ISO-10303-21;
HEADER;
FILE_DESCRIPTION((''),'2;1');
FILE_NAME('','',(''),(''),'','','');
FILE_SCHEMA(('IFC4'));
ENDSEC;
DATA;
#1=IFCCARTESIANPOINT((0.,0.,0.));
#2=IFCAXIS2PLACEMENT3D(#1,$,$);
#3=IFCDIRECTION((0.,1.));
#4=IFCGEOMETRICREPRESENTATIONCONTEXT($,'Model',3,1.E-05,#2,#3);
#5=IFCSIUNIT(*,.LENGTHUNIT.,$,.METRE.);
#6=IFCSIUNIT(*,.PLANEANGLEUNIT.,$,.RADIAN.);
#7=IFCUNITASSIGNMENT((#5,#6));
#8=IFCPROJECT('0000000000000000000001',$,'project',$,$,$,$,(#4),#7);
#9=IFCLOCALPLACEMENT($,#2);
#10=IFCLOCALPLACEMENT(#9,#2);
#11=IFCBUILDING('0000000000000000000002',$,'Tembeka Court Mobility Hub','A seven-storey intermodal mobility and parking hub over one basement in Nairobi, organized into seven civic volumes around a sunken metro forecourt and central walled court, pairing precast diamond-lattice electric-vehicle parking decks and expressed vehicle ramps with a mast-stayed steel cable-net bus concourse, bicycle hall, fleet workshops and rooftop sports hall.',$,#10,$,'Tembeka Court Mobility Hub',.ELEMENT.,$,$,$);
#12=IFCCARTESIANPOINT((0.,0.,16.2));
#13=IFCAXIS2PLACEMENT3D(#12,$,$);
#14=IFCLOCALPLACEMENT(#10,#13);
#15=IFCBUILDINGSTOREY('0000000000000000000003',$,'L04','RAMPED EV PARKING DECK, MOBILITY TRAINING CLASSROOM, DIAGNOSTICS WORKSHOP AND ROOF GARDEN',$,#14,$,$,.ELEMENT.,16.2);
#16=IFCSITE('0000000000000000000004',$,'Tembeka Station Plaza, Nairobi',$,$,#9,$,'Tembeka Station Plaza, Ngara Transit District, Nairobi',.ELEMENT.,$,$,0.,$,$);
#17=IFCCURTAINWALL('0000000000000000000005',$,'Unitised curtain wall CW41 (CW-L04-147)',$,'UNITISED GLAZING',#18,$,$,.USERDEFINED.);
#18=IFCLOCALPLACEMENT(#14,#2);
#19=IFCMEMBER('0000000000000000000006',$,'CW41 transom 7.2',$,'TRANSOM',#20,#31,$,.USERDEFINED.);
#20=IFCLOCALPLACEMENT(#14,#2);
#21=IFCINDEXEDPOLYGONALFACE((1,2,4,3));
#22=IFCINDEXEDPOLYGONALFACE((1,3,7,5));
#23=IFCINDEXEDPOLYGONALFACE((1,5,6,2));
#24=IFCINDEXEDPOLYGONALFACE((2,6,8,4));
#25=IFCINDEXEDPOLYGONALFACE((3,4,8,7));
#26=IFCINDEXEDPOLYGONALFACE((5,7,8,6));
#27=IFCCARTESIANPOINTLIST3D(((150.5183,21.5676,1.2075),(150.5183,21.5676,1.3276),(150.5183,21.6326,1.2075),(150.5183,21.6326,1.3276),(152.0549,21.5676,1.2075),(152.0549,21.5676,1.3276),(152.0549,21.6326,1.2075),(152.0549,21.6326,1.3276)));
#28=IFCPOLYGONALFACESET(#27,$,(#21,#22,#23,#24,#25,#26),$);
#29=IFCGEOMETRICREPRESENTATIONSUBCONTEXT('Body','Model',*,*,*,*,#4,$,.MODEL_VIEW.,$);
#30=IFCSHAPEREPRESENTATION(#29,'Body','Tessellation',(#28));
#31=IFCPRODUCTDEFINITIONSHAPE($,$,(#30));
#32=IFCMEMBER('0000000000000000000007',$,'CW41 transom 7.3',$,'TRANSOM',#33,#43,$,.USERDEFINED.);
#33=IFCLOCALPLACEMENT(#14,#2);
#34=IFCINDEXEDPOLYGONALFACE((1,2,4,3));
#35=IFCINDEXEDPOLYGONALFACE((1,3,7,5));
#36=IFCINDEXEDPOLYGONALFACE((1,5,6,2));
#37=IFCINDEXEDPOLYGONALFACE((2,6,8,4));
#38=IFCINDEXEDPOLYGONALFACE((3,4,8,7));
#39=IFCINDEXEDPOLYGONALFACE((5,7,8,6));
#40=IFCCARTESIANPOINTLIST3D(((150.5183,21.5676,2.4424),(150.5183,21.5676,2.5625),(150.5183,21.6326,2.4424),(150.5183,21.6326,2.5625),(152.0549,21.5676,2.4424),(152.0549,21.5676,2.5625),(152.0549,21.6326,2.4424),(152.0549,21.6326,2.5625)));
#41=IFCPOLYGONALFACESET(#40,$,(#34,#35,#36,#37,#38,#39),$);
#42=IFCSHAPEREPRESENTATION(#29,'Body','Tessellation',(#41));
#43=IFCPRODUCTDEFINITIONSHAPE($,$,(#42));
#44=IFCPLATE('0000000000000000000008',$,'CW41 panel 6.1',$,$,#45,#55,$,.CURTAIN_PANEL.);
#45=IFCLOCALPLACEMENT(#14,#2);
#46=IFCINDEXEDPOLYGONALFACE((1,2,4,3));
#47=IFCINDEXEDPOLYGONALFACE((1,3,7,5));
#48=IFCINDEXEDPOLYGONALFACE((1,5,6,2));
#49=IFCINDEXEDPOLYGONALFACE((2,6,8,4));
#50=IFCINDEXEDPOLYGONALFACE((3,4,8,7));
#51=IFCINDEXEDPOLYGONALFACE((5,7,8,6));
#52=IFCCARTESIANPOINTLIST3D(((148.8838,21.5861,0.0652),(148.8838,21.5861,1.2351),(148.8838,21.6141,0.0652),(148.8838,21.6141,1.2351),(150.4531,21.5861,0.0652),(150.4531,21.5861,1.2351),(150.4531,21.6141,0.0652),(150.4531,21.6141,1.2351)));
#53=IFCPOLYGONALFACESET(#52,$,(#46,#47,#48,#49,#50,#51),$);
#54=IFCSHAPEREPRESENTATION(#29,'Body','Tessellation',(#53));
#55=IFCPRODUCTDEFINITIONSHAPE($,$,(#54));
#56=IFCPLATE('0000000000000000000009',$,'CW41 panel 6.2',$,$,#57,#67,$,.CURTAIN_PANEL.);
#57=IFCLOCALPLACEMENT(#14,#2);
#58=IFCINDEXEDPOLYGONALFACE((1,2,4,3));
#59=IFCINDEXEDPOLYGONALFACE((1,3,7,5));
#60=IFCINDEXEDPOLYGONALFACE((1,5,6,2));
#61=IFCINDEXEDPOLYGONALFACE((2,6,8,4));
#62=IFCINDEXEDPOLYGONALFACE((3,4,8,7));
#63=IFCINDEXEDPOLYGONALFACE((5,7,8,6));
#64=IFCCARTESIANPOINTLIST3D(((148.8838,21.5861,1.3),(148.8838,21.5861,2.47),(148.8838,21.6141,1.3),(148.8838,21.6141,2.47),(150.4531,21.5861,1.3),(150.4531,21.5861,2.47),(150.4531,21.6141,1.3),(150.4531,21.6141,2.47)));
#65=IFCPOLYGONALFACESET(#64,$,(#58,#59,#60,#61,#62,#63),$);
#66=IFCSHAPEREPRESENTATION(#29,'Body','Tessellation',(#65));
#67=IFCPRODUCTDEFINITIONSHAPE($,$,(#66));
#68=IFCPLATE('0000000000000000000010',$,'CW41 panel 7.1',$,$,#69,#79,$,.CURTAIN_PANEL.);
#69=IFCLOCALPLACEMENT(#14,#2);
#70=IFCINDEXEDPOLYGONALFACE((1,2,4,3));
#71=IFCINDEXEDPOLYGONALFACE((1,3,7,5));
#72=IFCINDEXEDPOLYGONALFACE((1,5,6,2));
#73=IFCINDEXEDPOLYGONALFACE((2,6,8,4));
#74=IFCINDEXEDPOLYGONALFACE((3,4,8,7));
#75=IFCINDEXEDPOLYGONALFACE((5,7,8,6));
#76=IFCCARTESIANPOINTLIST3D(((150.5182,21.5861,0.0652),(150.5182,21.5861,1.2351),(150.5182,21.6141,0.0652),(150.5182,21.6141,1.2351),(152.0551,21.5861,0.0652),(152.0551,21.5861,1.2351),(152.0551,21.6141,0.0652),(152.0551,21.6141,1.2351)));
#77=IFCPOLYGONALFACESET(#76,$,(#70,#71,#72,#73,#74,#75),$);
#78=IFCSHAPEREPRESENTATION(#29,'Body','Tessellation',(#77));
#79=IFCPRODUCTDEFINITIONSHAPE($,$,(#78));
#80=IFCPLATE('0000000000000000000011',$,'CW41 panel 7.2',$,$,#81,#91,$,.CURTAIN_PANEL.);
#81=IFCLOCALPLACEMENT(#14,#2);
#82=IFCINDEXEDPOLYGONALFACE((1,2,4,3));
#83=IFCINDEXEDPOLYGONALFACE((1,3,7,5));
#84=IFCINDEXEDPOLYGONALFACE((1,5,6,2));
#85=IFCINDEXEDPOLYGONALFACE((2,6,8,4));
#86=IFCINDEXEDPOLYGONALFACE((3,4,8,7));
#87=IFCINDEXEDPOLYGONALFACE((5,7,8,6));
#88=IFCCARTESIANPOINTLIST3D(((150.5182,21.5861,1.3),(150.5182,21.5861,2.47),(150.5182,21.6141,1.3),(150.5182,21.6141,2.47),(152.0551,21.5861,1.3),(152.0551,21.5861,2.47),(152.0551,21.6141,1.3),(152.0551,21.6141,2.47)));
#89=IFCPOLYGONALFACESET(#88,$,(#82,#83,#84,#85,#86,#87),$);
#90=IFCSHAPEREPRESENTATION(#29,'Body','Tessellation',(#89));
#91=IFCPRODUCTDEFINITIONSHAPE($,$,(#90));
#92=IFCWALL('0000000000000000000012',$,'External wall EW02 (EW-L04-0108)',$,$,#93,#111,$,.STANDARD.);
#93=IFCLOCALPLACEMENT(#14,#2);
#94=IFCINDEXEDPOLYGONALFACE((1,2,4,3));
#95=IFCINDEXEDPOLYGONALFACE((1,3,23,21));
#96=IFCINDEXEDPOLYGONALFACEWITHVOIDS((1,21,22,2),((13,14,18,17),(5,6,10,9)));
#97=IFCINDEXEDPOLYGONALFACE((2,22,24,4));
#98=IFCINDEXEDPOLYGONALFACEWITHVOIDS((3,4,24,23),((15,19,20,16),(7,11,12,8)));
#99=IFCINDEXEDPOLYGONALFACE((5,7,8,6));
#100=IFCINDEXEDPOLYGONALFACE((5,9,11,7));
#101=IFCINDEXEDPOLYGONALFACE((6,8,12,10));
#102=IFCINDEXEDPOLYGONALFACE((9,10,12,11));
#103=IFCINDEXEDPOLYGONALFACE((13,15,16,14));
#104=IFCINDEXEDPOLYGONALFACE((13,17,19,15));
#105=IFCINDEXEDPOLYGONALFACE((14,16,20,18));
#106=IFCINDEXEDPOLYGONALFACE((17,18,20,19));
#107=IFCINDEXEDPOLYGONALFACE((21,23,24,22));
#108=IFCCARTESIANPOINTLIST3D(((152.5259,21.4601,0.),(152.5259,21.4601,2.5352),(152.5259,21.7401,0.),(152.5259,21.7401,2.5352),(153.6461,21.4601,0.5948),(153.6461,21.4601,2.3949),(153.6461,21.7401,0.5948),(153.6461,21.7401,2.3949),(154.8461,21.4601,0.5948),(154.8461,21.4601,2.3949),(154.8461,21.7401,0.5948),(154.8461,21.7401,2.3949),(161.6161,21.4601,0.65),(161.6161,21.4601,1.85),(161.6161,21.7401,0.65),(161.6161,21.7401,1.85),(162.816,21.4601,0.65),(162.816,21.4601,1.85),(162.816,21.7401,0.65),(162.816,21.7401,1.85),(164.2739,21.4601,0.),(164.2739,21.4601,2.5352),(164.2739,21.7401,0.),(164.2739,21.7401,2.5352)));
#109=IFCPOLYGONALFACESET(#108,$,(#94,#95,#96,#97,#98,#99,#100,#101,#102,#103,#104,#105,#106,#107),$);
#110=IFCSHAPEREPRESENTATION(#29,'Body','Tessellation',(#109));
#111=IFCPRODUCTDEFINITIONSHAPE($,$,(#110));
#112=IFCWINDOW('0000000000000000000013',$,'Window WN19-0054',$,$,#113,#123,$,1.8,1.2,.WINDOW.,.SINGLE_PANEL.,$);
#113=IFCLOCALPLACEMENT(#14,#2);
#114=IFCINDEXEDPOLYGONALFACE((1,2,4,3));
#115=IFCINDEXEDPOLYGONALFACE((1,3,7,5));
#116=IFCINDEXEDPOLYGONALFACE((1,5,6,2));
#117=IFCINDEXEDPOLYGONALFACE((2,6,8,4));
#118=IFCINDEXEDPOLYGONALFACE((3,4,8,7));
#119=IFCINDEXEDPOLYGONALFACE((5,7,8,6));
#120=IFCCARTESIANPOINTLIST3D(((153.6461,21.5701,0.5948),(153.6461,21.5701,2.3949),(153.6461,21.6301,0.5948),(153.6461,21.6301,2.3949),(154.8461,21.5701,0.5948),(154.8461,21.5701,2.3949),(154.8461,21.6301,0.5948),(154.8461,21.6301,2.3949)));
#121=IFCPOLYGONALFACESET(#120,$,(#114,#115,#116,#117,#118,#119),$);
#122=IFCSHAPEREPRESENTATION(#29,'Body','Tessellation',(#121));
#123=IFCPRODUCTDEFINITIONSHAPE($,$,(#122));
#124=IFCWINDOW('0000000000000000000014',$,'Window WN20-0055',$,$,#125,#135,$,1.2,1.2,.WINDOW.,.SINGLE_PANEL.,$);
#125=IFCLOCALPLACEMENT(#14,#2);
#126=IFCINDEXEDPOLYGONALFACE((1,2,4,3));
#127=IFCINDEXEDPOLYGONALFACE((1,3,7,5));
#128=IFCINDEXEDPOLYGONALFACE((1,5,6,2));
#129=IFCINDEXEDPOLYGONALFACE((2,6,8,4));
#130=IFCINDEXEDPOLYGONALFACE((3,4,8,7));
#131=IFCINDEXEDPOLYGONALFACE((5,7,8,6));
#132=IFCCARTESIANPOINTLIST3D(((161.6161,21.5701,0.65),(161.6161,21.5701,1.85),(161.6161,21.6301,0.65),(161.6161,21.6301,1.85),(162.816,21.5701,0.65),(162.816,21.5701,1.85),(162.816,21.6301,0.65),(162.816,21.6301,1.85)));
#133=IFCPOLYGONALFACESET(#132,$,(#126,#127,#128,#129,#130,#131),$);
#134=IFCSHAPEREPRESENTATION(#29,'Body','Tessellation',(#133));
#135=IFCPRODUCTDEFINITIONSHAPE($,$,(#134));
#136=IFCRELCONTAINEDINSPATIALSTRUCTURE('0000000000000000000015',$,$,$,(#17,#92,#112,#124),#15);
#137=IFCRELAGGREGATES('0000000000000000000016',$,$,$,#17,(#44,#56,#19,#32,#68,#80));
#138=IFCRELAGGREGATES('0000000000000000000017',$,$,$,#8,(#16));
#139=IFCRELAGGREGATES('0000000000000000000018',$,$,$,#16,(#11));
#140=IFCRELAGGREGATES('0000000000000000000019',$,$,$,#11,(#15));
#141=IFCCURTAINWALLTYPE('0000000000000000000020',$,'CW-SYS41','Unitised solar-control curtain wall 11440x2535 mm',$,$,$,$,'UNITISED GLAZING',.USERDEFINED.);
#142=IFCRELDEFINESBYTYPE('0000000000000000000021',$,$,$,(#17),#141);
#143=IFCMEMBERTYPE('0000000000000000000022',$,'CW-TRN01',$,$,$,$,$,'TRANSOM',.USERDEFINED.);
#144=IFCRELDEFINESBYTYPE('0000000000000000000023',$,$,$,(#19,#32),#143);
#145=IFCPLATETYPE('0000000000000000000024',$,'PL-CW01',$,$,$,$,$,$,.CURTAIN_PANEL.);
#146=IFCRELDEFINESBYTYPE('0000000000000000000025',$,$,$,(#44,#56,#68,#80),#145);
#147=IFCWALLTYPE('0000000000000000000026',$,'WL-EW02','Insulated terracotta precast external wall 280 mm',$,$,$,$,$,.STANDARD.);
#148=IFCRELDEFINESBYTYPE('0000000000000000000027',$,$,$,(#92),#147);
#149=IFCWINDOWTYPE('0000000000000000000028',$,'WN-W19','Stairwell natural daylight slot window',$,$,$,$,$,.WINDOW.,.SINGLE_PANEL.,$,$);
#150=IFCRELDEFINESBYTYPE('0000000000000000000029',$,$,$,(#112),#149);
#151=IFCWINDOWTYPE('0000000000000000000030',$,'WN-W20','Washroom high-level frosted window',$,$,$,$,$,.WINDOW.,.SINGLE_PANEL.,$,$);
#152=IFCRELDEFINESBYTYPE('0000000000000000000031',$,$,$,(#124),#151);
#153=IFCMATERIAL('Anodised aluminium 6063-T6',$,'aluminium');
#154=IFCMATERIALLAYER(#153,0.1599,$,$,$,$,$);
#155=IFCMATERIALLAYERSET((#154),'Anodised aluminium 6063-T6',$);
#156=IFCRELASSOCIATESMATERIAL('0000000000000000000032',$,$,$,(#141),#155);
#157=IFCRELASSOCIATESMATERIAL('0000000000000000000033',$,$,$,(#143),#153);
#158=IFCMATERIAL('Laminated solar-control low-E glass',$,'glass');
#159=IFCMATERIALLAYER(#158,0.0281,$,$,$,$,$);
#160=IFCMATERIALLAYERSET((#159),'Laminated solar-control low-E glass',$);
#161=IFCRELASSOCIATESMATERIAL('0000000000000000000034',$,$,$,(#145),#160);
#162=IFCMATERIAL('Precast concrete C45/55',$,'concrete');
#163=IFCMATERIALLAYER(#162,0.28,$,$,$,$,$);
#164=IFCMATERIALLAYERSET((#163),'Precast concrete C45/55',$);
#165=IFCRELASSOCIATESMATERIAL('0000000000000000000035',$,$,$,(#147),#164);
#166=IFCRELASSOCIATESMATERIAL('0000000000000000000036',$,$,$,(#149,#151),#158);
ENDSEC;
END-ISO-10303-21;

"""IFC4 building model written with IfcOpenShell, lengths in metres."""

from ifc_helpers import new_model, si_unit, direction, frame, frame_2d, origin, origin_2d, place, context, subcontext, project, spatial, rectangle, extrude, material, layer, layer_set, material_profile, profile_set, type_object, element, fill, aggregate, save


model = new_model("IFC4")

# Units and contexts
model_context = context("Model", 3, precision=1e-05, world=origin(), true_north=direction((0.0, 1.0)))
body_context = subcontext(model_context, "Body", "Model", "MODEL_VIEW")
ifc_project = project(units=[si_unit("LENGTHUNIT", "METRE"), si_unit("PLANEANGLEUNIT", "RADIAN")], contexts=[model_context])

# Site, building, storey
site_placement = place(None, origin())
site = spatial("IfcSite", under=ifc_project, at=site_placement, Name="Tembeka Station Plaza, Nairobi", LongName="Tembeka Station Plaza, Ngara Transit District, Nairobi", CompositionType="ELEMENT", RefElevation=0.0)
building_placement = place(site_placement, origin())
building = spatial("IfcBuilding", under=site, at=building_placement, Name="Tembeka Court Mobility Hub", Description="A seven-storey intermodal mobility and parking hub over one basement in Nairobi, organized into seven civic volumes around a sunken metro forecourt and central walled court, pairing precast diamond-lattice electric-vehicle parking decks and expressed vehicle ramps with a mast-stayed steel cable-net bus concourse, bicycle hall, fleet workshops and rooftop sports hall.", LongName="Tembeka Court Mobility Hub", CompositionType="ELEMENT")
storey_placement = place(building_placement, frame((0.0, 0.0, 16.2)))
storey = spatial("IfcBuildingStorey", under=building, at=storey_placement, Name="L04", Description="RAMPED EV PARKING DECK, MOBILITY TRAINING CLASSROOM, DIAGNOSTICS WORKSHOP AND ROOF GARDEN", CompositionType="ELEMENT", Elevation=16.2)

# Curtain wall, members, plates
ifc_material_1 = material(Name="Anodised aluminium 6063-T6", Category="aluminium")
ifc_layer_1 = layer(ifc_material_1, 0.1599)
ifc_layer_set_1 = layer_set([ifc_layer_1], Name="Anodised aluminium 6063-T6")
curtain_wall_type = type_object("IfcCurtainWallType", Name="CW-SYS41", Description="Unitised solar-control curtain wall 11440x2535 mm", ElementType="UNITISED GLAZING", PredefinedType="USERDEFINED", material=ifc_layer_set_1)
curtain_wall_placement = place(storey_placement, origin())
curtain_wall = element("IfcCurtainWall", 1, at=curtain_wall_placement, inside=storey, type_object=curtain_wall_type, Name="Unitised curtain wall CW41 (CW-L04-147)", ObjectType="UNITISED GLAZING", PredefinedType="USERDEFINED")
ifc_material_profile_1 = material_profile(ifc_material_1, rectangle(XDim=0.0649, YDim=0.1201, at=origin_2d()), Name="ALU-TRN 65x120")
ifc_profile_set_1 = profile_set([ifc_material_profile_1], Name="Anodised aluminium 6063-T6")
member_type_1 = type_object("IfcMemberType", Name="CW-TRN01", ElementType="TRANSOM", PredefinedType="USERDEFINED", material=ifc_profile_set_1)
member_1_placement = place(storey_placement, frame((150.5183, 21.6001, 1.2676), z_axis=(1.0, 0.0, 0.0), x_axis=(0.0, 1.0, 0.0)))
member_1 = element("IfcMember", 2, at=member_1_placement, type_object=member_type_1, Name="CW41 transom 7.2", ObjectType="TRANSOM", PredefinedType="USERDEFINED", context=body_context, shape_type="SweptSolid", body=[
    extrude(rectangle(XDim=0.0649, YDim=0.1201, at=origin_2d()), origin(), (0.0, 0.0, 1.0), 1.5366),
])
member_2_placement = place(storey_placement, frame((150.5183, 21.6001, 2.5024), z_axis=(1.0, 0.0, 0.0), x_axis=(0.0, 1.0, 0.0)))
member_2 = element("IfcMember", 3, at=member_2_placement, type_object=member_type_1, Name="CW41 transom 7.3", ObjectType="TRANSOM", PredefinedType="USERDEFINED", context=body_context, shape_type="SweptSolid", body=[
    extrude(rectangle(XDim=0.0649, YDim=0.1201, at=origin_2d()), origin(), (0.0, 0.0, 1.0), 1.5366),
])
ifc_material_2 = material(Name="Laminated solar-control low-E glass", Category="glass")
ifc_layer_2 = layer(ifc_material_2, 0.0281)
ifc_layer_set_2 = layer_set([ifc_layer_2], Name="Laminated solar-control low-E glass")
plate_type = type_object("IfcPlateType", Name="PL-CW01", PredefinedType="CURTAIN_PANEL", material=ifc_layer_set_2)
plate_1_placement = place(storey_placement, frame((149.6685, 21.6001, 0.0652), z_axis=(0.0, 0.0, 1.0), x_axis=(1.0, 0.0, 0.0)))
plate_1 = element("IfcPlate", 4, at=plate_1_placement, type_object=plate_type, Name="CW41 panel 6.1", PredefinedType="CURTAIN_PANEL", context=body_context, shape_type="SweptSolid", body=[
    extrude(rectangle(XDim=1.5693, YDim=0.0281, at=origin_2d()), origin(), (0.0, 0.0, 1.0), 1.1699),
])
plate_2_placement = place(storey_placement, frame((149.6685, 21.6001, 1.3), z_axis=(0.0, 0.0, 1.0), x_axis=(1.0, 0.0, 0.0)))
plate_2 = element("IfcPlate", 5, at=plate_2_placement, type_object=plate_type, Name="CW41 panel 6.2", PredefinedType="CURTAIN_PANEL", context=body_context, shape_type="SweptSolid", body=[
    extrude(rectangle(XDim=1.5693, YDim=0.0281, at=origin_2d()), origin(), (0.0, 0.0, 1.0), 1.1699),
])
plate_3_placement = place(storey_placement, frame((151.2866, 21.6001, 0.0652), z_axis=(0.0, 0.0, 1.0), x_axis=(1.0, 0.0, 0.0)))
plate_3 = element("IfcPlate", 6, at=plate_3_placement, type_object=plate_type, Name="CW41 panel 7.1", PredefinedType="CURTAIN_PANEL", context=body_context, shape_type="SweptSolid", body=[
    extrude(rectangle(XDim=1.5369, YDim=0.0281, at=origin_2d()), origin(), (0.0, 0.0, 1.0), 1.1699),
])
plate_4_placement = place(storey_placement, frame((151.2866, 21.6001, 1.3), z_axis=(0.0, 0.0, 1.0), x_axis=(1.0, 0.0, 0.0)))
plate_4 = element("IfcPlate", 7, at=plate_4_placement, type_object=plate_type, Name="CW41 panel 7.2", PredefinedType="CURTAIN_PANEL", context=body_context, shape_type="SweptSolid", body=[
    extrude(rectangle(XDim=1.5369, YDim=0.0281, at=origin_2d()), origin(), (0.0, 0.0, 1.0), 1.1699),
])
aggregate(curtain_wall, [plate_1, plate_2, member_1, member_2, plate_3, plate_4])

# Wall, openings, windows
ifc_material_3 = material(Name="Precast concrete C45/55", Category="concrete")
ifc_layer_3 = layer(ifc_material_3, 0.28)
ifc_layer_set_3 = layer_set([ifc_layer_3], Name="Precast concrete C45/55")
wall_type = type_object("IfcWallType", Name="WL-EW02", Description="Insulated terracotta precast external wall 280 mm", PredefinedType="STANDARD", material=ifc_layer_set_3)
wall_placement = place(storey_placement, frame((152.5259, 21.6001, 0.0), z_axis=(0.0, 0.0, 1.0), x_axis=(1.0, 0.0, 0.0)))
wall = element("IfcWall", 8, at=wall_placement, inside=storey, type_object=wall_type, Name="External wall EW02 (EW-L04-0108)", PredefinedType="STANDARD", context=body_context, shape_type="SweptSolid", body=[
    extrude(rectangle(XDim=11.748, YDim=0.28, at=frame_2d((5.874, 0.0))), origin(), (0.0, 0.0, 1.0), 2.5352),
])
opening_1_placement = place(wall_placement, frame((1.1201, 0.0, 0.595)))
opening_1 = element("IfcOpeningElement", 9, at=opening_1_placement, cuts=wall, PredefinedType="OPENING", context=body_context, shape_type="SweptSolid", body=[
    extrude(rectangle(XDim=1.2, YDim=1.8, at=frame_2d((0.6001, 0.8999))), frame((0.0, 0.1499, 0.0), z_axis=(0.0, -1.0, 0.0), x_axis=(1.0, 0.0, 0.0)), (0.0, 0.0, 1.0), 0.3),
])
opening_2_placement = place(wall_placement, frame((9.0901, 0.0, 0.6499)))
opening_2 = element("IfcOpeningElement", 10, at=opening_2_placement, cuts=wall, PredefinedType="OPENING", context=body_context, shape_type="SweptSolid", body=[
    extrude(rectangle(XDim=1.2, YDim=1.2, at=frame_2d((0.6001, 0.6001))), frame((0.0, 0.1499, 0.0), z_axis=(0.0, -1.0, 0.0), x_axis=(1.0, 0.0, 0.0)), (0.0, 0.0, 1.0), 0.3),
])
window_type_1 = type_object("IfcWindowType", Name="WN-W19", Description="Stairwell natural daylight slot window", PartitioningType="SINGLE_PANEL", PredefinedType="WINDOW", material=ifc_material_2)
window_1_placement = place(opening_1_placement, origin())
window_1 = element("IfcWindow", 11, at=window_1_placement, inside=storey, type_object=window_type_1, Name="Window WN19-0054", OverallHeight=1.8, OverallWidth=1.2, PartitioningType="SINGLE_PANEL", PredefinedType="WINDOW", context=body_context, shape_type="SweptSolid", body=[
    extrude(rectangle(XDim=1.2, YDim=1.8, at=frame_2d((0.6001, 0.8999))), frame((0.0, 0.03, 0.0), z_axis=(0.0, -1.0, 0.0), x_axis=(1.0, 0.0, 0.0)), (0.0, 0.0, 1.0), 0.0601),
])
fill(opening_1, window_1)
window_type_2 = type_object("IfcWindowType", Name="WN-W20", Description="Washroom high-level frosted window", PartitioningType="SINGLE_PANEL", PredefinedType="WINDOW", material=ifc_material_2)
window_2_placement = place(opening_2_placement, origin())
window_2 = element("IfcWindow", 12, at=window_2_placement, inside=storey, type_object=window_type_2, Name="Window WN20-0055", OverallHeight=1.2, OverallWidth=1.2, PartitioningType="SINGLE_PANEL", PredefinedType="WINDOW", context=body_context, shape_type="SweptSolid", body=[
    extrude(rectangle(XDim=1.2, YDim=1.2, at=frame_2d((0.6001, 0.6001))), frame((0.0, 0.03, 0.0), z_axis=(0.0, -1.0, 0.0), x_axis=(1.0, 0.0, 0.0)), (0.0, 0.0, 1.0), 0.0601),
])
fill(opening_2, window_2)

save(model, "model.ifc")
